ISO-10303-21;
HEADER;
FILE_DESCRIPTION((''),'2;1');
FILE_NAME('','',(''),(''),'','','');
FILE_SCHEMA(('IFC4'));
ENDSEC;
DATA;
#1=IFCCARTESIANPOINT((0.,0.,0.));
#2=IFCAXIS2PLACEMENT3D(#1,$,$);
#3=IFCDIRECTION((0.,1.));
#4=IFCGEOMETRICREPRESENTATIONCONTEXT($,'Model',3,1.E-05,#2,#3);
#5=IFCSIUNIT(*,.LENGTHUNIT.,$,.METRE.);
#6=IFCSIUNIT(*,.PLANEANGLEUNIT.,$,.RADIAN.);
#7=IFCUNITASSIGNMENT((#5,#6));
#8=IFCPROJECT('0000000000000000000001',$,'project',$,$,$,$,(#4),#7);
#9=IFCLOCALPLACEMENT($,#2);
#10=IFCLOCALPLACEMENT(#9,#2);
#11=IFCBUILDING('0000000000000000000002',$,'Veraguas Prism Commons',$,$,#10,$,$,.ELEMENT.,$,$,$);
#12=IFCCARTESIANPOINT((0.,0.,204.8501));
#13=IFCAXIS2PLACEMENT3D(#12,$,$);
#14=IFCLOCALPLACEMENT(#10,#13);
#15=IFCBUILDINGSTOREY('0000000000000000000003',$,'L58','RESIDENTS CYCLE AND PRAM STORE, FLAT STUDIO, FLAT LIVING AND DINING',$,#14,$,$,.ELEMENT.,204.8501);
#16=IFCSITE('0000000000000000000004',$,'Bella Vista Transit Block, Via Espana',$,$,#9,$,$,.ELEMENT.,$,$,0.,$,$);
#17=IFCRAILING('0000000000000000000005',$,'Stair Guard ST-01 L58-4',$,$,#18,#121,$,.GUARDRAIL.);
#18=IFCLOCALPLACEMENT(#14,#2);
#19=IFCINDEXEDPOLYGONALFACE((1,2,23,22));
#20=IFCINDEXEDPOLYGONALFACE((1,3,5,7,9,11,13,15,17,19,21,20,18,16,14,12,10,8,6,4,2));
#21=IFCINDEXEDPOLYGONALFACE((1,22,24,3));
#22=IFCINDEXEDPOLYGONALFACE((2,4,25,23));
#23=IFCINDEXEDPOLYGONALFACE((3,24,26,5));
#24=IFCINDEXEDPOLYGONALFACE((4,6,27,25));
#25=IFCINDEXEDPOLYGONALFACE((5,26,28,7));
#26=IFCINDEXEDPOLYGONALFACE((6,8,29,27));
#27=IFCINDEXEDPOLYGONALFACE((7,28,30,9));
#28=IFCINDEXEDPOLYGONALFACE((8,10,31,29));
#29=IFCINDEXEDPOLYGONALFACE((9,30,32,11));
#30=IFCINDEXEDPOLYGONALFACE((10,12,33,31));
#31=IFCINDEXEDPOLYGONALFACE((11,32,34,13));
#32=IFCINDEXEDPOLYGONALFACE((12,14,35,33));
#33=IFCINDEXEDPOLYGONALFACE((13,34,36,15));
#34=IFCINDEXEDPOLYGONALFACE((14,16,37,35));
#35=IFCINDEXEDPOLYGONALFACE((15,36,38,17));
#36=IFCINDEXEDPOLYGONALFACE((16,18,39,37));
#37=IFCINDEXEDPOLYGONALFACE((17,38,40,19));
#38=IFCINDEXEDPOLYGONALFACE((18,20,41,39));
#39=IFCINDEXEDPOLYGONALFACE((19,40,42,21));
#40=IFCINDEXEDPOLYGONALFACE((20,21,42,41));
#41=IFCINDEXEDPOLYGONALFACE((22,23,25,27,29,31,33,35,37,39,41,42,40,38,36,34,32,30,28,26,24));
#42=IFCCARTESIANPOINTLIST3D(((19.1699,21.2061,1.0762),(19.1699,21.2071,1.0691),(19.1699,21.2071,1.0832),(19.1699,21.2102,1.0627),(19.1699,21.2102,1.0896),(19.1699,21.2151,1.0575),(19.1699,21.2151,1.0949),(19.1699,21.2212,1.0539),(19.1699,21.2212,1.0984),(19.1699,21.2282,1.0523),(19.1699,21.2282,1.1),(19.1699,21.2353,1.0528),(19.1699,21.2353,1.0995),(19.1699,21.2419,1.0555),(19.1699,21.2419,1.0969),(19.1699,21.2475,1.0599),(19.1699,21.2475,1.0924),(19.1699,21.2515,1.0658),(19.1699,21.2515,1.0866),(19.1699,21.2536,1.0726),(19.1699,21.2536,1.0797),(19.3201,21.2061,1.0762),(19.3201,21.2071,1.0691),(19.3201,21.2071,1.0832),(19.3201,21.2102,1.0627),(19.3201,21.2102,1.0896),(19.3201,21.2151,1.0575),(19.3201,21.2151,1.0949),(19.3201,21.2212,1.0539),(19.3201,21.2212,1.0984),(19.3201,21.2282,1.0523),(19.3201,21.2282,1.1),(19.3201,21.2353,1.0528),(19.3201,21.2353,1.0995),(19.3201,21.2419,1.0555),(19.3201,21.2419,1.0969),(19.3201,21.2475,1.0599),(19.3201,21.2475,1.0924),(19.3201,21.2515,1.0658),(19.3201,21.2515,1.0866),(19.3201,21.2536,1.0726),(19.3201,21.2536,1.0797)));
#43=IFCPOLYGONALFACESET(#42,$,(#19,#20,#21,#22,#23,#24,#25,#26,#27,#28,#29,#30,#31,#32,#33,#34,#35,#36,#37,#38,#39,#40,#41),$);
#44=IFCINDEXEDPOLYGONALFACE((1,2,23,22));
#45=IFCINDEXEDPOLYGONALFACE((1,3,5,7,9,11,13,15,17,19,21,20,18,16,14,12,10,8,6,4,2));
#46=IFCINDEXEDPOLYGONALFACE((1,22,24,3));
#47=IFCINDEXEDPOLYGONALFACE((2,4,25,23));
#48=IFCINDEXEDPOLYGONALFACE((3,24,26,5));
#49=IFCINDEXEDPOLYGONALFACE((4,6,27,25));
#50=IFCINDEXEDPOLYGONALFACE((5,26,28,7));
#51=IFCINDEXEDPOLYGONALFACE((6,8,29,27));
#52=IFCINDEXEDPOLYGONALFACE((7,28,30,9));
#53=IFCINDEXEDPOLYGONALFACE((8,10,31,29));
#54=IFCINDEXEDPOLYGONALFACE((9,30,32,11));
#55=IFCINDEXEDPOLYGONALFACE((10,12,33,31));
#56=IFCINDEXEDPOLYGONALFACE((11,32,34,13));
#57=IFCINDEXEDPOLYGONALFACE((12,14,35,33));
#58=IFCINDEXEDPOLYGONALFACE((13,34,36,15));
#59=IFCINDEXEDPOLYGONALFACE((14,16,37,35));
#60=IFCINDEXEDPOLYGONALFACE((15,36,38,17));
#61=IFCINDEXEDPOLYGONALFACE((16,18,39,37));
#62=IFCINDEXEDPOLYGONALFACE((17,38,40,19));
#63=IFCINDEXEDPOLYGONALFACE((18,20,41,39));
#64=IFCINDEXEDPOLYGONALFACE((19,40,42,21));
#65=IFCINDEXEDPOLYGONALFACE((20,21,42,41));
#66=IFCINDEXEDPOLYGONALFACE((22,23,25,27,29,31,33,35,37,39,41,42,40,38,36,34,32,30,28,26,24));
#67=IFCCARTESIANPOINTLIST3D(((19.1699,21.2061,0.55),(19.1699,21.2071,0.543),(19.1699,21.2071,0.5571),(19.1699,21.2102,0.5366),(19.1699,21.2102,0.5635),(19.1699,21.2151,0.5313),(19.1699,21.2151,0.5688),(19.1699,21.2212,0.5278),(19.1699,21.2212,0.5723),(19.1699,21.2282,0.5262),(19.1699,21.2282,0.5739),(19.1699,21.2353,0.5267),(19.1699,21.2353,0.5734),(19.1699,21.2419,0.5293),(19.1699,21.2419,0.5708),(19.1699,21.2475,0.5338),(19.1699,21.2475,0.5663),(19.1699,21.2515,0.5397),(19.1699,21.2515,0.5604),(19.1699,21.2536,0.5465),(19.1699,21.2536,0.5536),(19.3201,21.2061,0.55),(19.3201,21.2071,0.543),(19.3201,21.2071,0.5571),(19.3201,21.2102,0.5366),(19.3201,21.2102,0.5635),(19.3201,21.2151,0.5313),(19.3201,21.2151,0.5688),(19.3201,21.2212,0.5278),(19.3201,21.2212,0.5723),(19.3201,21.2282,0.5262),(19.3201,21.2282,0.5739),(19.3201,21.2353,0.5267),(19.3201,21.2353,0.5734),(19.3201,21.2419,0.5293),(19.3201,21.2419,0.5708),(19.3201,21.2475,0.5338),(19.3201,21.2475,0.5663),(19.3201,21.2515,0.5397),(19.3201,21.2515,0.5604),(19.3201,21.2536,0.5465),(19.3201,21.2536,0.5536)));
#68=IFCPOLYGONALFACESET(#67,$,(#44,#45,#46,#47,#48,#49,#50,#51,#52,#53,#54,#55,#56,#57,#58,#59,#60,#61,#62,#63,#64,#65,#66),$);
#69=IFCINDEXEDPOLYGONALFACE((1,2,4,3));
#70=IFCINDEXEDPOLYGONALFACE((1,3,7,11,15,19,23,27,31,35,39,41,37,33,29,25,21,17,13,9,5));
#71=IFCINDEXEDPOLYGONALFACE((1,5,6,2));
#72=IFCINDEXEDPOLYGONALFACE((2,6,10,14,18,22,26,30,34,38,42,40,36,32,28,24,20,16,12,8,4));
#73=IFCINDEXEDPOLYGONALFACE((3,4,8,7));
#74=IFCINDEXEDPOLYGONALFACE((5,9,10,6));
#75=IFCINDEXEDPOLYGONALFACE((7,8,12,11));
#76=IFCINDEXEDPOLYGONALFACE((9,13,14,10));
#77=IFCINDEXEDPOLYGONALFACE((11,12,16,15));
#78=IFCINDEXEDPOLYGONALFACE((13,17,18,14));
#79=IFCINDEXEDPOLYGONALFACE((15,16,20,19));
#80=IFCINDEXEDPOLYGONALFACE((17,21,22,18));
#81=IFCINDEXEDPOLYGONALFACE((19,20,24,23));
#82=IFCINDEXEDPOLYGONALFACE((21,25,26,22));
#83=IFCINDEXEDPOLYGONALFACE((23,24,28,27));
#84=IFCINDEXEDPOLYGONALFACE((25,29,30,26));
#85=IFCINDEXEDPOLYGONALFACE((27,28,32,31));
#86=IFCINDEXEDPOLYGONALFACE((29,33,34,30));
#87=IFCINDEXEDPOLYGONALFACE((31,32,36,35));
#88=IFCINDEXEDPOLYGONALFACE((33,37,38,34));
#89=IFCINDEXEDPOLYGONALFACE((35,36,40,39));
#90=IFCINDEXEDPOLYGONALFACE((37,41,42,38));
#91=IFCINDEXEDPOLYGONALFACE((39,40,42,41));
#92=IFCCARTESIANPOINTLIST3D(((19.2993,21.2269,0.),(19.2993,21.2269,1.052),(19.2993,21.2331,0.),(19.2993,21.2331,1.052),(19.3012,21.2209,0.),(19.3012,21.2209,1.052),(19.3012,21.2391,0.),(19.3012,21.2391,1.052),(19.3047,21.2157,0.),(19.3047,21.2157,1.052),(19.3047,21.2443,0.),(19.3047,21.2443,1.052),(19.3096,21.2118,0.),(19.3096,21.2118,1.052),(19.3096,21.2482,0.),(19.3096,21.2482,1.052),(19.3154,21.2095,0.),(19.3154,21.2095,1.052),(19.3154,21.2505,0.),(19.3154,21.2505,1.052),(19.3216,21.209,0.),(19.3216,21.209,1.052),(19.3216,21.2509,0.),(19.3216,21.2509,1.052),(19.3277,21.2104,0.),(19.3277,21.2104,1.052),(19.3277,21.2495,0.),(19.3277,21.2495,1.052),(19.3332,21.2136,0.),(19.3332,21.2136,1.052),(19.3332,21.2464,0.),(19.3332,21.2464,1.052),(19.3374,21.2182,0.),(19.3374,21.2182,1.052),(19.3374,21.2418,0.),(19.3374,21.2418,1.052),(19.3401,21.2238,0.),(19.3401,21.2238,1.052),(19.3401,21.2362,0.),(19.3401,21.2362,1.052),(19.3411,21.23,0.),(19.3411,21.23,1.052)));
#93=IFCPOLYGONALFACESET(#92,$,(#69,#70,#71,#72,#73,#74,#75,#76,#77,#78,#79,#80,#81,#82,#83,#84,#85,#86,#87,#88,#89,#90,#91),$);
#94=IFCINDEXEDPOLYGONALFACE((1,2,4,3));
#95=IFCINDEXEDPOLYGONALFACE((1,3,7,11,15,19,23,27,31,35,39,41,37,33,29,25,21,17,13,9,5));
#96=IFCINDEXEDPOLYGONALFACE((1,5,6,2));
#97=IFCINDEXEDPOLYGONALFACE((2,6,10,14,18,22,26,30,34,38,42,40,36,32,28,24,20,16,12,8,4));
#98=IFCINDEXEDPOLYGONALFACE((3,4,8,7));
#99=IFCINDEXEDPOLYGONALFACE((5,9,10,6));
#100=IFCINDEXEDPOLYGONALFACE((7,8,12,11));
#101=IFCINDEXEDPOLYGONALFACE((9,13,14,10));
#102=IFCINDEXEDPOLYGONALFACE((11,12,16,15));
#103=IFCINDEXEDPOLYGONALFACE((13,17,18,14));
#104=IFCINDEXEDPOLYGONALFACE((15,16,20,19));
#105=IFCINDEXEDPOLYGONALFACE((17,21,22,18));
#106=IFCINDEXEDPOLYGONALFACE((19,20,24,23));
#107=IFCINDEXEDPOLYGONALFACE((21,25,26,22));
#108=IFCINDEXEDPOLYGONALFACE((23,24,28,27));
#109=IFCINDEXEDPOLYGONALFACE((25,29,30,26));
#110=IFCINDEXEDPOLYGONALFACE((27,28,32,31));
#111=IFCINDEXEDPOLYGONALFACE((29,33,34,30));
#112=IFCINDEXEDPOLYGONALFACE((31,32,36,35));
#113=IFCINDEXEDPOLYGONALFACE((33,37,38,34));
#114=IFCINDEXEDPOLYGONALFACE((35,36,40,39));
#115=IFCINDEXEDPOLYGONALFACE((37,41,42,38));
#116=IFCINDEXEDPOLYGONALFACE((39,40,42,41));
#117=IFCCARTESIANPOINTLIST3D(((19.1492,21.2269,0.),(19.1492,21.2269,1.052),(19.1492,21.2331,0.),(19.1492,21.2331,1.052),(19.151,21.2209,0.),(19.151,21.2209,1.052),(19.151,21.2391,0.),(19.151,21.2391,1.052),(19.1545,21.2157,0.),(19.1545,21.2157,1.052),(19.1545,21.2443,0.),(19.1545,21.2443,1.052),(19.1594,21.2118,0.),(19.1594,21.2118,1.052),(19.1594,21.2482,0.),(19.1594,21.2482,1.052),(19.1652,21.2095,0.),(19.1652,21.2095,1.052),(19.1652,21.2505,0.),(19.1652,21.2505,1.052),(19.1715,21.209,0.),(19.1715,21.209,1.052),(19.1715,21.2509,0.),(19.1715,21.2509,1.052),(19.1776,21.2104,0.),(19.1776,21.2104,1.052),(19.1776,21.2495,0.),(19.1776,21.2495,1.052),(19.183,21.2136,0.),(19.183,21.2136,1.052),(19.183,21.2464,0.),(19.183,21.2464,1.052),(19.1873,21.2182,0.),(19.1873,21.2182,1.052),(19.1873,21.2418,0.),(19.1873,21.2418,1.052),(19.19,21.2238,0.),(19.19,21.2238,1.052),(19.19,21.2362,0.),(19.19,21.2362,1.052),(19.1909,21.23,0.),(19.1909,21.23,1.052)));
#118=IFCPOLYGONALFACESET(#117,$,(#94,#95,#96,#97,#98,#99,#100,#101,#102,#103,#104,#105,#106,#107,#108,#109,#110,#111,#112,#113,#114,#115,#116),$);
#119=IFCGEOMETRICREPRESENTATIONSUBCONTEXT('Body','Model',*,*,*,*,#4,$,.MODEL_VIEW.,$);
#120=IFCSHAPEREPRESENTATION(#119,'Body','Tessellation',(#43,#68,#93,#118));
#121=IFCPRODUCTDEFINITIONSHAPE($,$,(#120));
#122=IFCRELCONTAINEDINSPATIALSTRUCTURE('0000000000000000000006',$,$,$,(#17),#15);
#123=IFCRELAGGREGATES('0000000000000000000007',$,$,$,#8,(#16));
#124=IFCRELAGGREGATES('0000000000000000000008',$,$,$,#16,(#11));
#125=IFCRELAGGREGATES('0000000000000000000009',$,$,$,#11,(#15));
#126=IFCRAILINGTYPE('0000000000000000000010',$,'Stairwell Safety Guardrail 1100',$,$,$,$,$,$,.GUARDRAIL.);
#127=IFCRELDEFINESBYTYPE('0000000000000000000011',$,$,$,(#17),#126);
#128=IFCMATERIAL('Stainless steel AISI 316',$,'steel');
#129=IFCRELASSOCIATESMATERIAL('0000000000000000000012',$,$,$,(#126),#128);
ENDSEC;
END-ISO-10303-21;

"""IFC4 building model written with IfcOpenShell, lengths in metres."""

from ifc_helpers import new_model, si_unit, direction, frame, origin, origin_2d, place, context, subcontext, project, spatial, circle, extrude, material, type_object, element, save


model = new_model("IFC4")

# Units and contexts
model_context = context("Model", 3, precision=1e-05, world=origin(), true_north=direction((0.0, 1.0)))
body_context = subcontext(model_context, "Body", "Model", "MODEL_VIEW")
ifc_project = project(units=[si_unit("LENGTHUNIT", "METRE"), si_unit("PLANEANGLEUNIT", "RADIAN")], contexts=[model_context])

# Site, building, storey
site_placement = place(None, origin())
site = spatial("IfcSite", under=ifc_project, at=site_placement, Name="Bella Vista Transit Block, Via Espana", CompositionType="ELEMENT", RefElevation=0.0)
building_placement = place(site_placement, origin())
building = spatial("IfcBuilding", under=site, at=building_placement, Name="Veraguas Prism Commons", CompositionType="ELEMENT")
storey_placement = place(building_placement, frame((0.0, 0.0, 204.8501)))
storey = spatial("IfcBuildingStorey", under=building, at=storey_placement, Name="L58", Description="RESIDENTS CYCLE AND PRAM STORE, FLAT STUDIO, FLAT LIVING AND DINING", CompositionType="ELEMENT", Elevation=204.8501)

# Railing
ifc_material_1 = material(Name="Stainless steel AISI 316", Category="steel")
railing_type_1 = type_object("IfcRailingType", Name="Stairwell Safety Guardrail 1100", PredefinedType="GUARDRAIL", material=ifc_material_1)
railing_1_placement = place(storey_placement, frame((19.3201, 21.23, 0.0)))
element("IfcRailing", 1, at=railing_1_placement, inside=storey, type_object=railing_type_1, Name="Stair Guard ST-01 L58-4", PredefinedType="GUARDRAIL", context=body_context, shape_type="SweptSolid", body=[
    extrude(circle(Radius=0.0239, at=origin_2d()), frame((0.0, 0.0, 1.0762), z_axis=(-1.0, 0.0, 0.0), x_axis=(0.0, -1.0, 0.0)), (0.0, 0.0, 1.0), 0.1501),
    extrude(circle(Radius=0.0239, at=origin_2d()), frame((0.0, 0.0, 0.55), z_axis=(-1.0, 0.0, 0.0), x_axis=(0.0, -1.0, 0.0)), (0.0, 0.0, 1.0), 0.1501),
    extrude(circle(Radius=0.021, at=origin_2d()), origin(), (0.0, 0.0, 1.0), 1.052),
    extrude(circle(Radius=0.021, at=origin_2d()), frame((-0.1501, 0.0, 0.0)), (0.0, 0.0, 1.0), 1.052),
])

save(model, "model.ifc")
